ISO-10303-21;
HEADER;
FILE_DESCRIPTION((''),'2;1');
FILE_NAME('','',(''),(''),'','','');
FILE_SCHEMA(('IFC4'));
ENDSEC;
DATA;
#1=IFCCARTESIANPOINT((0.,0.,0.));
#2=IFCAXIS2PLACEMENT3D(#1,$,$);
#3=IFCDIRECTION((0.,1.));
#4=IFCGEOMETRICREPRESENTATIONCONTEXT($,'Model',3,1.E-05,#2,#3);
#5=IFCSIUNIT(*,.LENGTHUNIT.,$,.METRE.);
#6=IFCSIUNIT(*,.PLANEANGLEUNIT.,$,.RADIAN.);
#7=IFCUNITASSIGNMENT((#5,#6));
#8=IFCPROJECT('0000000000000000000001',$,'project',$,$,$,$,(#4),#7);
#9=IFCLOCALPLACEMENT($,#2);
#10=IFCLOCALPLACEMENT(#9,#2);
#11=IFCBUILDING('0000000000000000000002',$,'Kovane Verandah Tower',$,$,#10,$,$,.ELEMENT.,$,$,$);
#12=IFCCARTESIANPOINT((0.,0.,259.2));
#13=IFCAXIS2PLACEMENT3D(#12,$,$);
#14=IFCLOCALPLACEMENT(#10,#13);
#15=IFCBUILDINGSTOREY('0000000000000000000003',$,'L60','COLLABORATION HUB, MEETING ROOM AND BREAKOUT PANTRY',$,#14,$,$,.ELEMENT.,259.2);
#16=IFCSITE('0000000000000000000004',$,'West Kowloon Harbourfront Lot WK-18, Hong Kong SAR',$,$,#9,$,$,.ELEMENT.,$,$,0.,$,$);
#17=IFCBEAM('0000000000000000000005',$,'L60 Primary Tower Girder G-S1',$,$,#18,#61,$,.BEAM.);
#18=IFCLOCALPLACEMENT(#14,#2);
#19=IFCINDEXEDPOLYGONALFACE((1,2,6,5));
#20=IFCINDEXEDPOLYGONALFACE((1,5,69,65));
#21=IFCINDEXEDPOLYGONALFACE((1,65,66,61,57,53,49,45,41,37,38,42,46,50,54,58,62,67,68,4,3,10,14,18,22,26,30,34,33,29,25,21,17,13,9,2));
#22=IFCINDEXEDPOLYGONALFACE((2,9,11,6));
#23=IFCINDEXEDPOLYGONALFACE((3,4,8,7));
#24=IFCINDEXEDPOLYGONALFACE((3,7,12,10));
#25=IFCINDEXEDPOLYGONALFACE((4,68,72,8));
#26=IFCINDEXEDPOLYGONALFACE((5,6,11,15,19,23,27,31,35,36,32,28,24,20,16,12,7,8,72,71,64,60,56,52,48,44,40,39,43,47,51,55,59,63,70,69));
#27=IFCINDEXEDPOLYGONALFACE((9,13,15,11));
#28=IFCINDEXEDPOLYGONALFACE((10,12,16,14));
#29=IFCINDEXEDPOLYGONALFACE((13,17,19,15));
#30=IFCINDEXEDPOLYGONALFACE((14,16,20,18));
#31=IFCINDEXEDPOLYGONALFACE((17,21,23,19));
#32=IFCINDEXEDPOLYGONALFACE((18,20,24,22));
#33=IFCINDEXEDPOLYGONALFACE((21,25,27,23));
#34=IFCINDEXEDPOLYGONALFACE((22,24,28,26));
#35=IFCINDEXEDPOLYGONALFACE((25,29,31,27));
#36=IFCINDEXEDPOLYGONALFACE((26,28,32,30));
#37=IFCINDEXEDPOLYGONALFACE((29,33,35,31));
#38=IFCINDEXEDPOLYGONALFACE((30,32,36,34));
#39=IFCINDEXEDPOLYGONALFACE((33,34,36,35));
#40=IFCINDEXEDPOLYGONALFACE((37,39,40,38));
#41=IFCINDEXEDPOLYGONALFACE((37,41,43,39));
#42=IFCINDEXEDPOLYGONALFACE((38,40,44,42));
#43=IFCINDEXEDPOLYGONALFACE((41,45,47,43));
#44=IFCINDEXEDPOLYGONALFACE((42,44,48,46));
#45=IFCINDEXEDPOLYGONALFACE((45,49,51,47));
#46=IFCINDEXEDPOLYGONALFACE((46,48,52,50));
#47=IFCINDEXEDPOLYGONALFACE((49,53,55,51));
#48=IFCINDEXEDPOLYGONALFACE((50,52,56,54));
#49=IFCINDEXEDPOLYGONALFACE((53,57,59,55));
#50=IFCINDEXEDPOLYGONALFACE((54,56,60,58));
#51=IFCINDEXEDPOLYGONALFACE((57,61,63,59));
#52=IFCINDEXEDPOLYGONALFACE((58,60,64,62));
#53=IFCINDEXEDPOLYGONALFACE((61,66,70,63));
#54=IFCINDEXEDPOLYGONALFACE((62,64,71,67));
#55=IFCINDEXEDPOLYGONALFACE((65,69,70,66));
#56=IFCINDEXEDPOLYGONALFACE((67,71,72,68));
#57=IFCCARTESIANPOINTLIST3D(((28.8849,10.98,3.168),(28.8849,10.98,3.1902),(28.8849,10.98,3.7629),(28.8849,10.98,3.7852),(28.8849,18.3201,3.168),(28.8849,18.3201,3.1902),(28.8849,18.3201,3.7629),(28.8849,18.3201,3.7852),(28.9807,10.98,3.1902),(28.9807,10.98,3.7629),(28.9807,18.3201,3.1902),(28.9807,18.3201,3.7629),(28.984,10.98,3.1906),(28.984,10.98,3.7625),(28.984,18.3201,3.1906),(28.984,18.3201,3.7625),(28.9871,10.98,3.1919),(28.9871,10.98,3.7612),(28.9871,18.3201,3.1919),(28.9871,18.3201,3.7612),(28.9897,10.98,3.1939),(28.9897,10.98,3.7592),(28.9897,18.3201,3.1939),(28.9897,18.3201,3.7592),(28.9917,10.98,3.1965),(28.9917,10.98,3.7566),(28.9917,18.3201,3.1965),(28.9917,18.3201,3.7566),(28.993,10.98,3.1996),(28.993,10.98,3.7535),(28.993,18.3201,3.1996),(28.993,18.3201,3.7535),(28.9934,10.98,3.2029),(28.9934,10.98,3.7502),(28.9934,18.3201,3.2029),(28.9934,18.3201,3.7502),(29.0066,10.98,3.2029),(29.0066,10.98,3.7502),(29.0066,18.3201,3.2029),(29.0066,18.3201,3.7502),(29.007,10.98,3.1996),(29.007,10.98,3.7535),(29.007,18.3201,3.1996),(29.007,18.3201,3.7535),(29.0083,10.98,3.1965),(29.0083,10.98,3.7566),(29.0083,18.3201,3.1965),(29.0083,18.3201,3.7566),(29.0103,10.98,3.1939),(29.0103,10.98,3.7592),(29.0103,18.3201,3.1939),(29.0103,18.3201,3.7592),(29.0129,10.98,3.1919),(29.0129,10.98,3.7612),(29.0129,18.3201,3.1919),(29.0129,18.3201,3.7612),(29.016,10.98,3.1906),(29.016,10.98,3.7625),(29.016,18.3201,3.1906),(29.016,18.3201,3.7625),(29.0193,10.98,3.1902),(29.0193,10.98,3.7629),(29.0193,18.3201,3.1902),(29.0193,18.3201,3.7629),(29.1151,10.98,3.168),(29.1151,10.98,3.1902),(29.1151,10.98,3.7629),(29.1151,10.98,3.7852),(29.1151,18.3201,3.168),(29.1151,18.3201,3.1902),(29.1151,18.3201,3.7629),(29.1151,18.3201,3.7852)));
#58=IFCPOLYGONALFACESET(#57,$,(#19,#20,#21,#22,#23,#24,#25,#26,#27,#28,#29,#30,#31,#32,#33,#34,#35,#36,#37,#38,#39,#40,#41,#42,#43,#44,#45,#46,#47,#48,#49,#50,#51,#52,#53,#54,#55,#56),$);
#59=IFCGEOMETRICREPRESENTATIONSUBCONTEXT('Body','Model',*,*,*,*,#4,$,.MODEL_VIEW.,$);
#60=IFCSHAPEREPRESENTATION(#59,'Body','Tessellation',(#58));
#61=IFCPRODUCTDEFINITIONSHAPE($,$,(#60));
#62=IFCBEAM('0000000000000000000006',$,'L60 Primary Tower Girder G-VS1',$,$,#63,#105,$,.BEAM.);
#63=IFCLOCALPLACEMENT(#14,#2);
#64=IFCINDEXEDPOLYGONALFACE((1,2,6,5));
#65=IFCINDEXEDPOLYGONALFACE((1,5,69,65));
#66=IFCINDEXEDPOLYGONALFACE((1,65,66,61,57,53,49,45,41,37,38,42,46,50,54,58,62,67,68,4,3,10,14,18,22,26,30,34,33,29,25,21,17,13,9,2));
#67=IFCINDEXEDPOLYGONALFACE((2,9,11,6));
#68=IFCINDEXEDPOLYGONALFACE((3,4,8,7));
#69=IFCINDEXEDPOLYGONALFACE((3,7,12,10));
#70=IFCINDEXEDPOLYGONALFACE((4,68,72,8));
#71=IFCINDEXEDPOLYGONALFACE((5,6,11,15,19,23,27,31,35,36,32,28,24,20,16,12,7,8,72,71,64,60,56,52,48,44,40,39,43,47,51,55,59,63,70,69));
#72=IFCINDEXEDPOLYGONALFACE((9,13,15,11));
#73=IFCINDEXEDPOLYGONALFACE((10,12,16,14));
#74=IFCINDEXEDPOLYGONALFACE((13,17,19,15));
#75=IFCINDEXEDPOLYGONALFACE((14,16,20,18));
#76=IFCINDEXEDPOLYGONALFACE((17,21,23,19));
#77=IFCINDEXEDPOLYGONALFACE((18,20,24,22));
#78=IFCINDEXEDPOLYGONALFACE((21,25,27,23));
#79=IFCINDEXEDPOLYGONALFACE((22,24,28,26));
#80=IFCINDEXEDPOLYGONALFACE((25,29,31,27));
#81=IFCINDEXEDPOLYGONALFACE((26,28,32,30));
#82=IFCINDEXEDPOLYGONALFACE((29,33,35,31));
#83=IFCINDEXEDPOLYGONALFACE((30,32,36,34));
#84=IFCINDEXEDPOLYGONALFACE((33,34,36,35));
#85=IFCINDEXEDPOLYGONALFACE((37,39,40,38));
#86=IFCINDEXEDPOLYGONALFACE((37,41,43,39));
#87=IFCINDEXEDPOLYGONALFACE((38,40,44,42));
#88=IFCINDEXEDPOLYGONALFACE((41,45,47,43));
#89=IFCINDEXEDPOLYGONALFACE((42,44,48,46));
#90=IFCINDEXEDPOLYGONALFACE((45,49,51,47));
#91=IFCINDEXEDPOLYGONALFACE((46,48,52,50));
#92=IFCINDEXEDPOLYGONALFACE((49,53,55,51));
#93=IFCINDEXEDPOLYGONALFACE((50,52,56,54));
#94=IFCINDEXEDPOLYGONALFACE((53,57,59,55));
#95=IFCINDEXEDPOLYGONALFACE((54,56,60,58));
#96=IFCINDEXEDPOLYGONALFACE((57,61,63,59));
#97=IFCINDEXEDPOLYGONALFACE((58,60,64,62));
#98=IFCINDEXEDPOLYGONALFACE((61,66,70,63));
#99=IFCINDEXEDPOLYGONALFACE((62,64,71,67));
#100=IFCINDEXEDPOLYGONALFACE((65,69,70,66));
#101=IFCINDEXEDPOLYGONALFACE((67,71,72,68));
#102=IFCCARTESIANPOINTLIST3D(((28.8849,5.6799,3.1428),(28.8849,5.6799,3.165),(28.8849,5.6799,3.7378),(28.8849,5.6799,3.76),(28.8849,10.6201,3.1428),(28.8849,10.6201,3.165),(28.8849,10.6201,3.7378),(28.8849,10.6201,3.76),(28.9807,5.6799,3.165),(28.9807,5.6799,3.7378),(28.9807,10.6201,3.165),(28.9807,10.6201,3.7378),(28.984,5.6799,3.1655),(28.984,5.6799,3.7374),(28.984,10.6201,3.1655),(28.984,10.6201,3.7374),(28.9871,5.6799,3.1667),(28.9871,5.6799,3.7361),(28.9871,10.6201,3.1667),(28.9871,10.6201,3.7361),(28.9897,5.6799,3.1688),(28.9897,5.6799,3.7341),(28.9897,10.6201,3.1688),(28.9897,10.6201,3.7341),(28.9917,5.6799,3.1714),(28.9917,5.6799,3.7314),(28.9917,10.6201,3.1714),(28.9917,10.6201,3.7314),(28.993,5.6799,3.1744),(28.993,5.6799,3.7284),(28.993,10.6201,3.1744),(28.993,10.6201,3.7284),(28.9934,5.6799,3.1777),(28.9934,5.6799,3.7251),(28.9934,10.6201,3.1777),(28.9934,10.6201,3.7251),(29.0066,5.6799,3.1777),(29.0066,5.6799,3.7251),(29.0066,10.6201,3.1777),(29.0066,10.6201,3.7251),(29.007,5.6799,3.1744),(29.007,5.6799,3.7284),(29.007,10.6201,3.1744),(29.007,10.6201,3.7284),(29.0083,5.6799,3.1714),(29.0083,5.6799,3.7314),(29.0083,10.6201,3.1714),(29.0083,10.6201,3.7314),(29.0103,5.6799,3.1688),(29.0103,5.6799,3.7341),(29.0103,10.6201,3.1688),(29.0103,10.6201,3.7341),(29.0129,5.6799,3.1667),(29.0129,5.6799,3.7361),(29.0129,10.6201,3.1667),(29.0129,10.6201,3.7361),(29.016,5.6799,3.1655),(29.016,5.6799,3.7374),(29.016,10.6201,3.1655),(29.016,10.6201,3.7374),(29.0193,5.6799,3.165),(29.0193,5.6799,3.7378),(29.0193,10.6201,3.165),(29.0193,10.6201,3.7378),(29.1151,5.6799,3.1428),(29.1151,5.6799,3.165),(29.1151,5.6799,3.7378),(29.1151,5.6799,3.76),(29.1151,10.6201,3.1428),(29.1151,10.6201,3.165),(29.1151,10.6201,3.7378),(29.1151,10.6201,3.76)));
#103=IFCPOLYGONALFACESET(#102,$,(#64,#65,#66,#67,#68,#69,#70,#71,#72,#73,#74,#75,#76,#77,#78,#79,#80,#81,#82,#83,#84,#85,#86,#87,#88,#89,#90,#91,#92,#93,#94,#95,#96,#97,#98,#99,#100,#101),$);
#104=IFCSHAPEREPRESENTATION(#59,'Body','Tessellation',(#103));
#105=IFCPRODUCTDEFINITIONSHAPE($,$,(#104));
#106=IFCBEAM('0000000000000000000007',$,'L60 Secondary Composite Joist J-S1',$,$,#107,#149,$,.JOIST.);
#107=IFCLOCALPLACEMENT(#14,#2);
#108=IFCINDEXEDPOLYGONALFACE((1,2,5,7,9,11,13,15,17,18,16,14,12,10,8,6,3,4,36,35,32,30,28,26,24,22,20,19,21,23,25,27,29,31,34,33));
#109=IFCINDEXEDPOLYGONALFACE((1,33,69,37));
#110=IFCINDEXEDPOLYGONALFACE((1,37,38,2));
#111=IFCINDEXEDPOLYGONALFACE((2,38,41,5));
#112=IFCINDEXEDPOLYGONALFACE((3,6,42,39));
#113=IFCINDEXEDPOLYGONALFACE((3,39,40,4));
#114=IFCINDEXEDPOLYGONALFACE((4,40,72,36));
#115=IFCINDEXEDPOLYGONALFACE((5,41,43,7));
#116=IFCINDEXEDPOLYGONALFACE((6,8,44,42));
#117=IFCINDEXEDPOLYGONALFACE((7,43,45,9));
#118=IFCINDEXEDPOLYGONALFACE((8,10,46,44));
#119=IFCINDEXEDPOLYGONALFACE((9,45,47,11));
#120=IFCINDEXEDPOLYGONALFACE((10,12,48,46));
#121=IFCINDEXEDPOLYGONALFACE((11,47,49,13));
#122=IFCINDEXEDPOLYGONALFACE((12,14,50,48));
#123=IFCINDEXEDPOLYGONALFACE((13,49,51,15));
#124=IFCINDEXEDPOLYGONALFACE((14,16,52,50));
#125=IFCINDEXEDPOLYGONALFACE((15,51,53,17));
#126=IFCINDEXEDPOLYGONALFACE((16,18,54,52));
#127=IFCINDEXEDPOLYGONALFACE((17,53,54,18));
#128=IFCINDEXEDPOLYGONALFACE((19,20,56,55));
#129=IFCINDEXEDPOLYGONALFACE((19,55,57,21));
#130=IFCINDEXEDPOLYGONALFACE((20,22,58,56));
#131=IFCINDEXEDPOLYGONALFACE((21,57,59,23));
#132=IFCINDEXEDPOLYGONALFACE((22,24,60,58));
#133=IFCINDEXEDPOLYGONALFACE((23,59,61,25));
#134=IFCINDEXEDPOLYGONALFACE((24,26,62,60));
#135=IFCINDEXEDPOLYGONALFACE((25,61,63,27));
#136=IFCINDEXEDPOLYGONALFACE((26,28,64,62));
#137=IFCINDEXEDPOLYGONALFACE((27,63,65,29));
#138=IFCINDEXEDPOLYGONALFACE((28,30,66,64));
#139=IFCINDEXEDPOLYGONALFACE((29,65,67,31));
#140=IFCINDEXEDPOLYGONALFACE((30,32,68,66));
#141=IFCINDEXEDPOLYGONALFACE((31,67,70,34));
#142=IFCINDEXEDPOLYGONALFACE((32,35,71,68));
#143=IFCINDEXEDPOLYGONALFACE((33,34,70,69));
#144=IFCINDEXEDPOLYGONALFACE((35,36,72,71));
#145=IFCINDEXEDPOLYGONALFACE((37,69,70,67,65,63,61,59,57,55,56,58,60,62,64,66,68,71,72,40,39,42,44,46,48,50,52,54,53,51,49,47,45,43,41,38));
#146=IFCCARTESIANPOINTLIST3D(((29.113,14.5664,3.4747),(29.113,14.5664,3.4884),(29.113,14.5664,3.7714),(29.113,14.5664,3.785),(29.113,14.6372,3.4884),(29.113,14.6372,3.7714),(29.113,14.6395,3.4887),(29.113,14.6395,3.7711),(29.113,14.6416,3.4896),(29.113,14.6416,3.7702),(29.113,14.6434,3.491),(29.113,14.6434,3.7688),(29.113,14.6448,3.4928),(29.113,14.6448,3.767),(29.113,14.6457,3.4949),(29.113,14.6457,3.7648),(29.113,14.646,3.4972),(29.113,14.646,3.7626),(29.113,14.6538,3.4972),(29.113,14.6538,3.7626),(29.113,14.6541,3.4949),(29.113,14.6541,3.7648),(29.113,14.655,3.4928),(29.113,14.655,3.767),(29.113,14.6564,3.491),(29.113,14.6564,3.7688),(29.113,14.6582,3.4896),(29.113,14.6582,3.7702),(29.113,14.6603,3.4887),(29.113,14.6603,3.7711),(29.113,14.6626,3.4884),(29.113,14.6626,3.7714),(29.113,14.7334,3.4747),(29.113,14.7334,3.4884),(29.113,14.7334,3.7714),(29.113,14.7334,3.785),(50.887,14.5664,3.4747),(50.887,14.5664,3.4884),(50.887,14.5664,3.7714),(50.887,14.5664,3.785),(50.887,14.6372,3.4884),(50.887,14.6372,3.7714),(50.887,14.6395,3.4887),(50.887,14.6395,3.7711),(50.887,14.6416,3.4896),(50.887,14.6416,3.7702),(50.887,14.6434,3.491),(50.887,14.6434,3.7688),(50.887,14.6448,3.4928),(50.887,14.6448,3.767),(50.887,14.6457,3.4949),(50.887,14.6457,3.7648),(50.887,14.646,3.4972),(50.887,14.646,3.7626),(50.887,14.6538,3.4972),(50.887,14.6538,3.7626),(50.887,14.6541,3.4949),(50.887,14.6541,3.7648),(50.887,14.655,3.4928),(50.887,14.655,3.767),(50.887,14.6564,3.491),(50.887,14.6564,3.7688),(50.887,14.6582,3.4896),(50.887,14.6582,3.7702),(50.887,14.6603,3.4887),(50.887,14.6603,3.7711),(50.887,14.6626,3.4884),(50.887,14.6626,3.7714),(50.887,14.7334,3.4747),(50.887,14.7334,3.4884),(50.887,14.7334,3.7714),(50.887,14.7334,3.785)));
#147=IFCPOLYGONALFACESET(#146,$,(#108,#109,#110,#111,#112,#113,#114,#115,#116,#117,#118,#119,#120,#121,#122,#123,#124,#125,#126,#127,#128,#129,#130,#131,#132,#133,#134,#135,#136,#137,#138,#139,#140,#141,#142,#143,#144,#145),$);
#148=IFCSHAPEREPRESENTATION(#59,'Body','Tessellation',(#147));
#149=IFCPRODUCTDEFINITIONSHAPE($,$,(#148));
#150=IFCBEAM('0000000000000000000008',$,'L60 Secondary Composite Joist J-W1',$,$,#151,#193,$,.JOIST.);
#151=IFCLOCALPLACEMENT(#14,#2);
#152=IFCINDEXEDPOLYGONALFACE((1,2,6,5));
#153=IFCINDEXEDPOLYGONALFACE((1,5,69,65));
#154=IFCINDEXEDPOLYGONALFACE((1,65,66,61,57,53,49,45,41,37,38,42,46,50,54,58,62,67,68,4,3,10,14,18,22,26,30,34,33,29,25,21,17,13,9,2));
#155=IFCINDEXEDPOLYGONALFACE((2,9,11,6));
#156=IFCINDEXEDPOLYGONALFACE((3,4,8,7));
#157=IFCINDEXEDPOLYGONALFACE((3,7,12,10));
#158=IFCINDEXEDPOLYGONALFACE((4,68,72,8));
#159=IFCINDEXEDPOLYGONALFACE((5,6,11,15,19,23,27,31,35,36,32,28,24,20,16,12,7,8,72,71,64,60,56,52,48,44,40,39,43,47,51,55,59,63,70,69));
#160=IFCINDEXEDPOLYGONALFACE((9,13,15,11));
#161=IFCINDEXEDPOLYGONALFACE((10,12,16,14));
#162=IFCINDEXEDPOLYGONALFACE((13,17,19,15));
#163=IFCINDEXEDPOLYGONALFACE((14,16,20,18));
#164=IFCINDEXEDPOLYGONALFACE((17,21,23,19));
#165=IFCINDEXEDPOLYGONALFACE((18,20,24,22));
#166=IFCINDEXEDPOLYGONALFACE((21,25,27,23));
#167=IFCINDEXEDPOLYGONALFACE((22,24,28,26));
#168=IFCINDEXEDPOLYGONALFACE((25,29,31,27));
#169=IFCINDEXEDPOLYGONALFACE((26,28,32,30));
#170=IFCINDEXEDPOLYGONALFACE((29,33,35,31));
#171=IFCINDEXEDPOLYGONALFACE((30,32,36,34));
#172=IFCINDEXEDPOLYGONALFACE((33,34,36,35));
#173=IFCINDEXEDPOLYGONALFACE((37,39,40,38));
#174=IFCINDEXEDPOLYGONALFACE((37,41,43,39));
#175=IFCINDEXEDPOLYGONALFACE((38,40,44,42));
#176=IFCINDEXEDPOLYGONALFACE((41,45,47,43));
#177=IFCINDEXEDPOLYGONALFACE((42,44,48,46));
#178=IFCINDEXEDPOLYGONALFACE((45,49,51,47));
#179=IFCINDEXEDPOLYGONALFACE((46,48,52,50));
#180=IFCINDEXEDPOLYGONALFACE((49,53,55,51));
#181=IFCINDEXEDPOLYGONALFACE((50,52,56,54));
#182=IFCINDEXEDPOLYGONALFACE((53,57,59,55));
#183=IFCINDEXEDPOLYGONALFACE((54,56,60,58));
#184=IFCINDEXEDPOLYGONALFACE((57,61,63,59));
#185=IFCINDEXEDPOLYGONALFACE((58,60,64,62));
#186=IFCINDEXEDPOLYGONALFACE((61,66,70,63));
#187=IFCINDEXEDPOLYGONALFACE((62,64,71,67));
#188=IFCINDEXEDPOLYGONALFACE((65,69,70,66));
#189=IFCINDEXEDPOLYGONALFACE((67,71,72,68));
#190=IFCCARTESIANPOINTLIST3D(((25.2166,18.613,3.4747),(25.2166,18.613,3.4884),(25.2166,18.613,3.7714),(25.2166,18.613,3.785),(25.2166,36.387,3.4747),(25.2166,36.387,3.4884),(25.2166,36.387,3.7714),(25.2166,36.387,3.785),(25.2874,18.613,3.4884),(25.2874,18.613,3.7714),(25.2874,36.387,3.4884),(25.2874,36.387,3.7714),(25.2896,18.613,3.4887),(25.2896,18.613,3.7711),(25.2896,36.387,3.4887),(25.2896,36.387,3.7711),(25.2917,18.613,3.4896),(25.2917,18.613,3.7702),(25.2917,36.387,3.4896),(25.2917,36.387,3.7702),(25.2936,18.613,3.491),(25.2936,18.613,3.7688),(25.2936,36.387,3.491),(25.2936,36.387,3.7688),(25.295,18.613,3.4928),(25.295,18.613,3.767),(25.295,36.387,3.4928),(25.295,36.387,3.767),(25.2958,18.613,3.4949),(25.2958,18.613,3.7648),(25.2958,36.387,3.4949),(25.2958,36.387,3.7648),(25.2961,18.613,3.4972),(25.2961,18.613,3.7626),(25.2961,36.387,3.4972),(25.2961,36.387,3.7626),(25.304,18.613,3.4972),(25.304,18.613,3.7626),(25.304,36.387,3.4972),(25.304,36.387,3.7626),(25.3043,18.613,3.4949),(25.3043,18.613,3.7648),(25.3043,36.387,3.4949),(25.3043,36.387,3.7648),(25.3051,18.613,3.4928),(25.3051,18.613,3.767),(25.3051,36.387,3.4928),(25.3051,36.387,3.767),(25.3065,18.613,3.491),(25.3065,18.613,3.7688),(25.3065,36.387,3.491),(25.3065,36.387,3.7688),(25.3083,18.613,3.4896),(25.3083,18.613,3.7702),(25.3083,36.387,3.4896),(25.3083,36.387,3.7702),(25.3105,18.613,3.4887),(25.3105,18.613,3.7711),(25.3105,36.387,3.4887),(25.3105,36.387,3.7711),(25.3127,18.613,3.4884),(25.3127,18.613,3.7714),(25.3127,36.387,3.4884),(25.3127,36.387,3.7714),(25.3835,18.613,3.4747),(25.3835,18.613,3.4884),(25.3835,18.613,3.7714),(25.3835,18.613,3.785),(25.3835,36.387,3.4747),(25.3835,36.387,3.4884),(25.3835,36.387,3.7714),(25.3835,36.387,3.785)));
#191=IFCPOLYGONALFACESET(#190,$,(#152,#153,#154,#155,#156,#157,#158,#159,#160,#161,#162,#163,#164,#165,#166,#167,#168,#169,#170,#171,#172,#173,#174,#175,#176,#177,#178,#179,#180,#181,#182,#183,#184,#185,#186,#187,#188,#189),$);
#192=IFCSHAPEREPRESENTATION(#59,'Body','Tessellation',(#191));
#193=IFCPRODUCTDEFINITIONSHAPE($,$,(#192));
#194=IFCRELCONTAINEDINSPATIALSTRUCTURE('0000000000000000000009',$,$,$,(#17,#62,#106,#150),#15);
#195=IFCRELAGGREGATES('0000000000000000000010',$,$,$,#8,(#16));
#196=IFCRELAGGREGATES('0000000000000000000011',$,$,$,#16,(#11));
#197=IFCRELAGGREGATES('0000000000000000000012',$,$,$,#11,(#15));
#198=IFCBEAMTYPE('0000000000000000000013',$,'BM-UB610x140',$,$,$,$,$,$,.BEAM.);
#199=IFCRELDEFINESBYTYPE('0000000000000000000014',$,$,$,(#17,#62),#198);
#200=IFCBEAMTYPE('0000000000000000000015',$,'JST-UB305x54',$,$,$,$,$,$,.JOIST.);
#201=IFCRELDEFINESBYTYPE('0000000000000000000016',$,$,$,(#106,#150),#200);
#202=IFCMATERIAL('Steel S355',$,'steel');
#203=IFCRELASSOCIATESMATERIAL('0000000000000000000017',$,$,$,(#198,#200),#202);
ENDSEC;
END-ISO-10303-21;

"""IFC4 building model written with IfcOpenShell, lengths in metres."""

from ifc_helpers import new_model, si_unit, direction, frame, origin, origin_2d, place, context, subcontext, project, spatial, i_section, extrude, material, material_profile, profile_set, type_object, element, save


model = new_model("IFC4")

# Units and contexts
model_context = context("Model", 3, precision=1e-05, world=origin(), true_north=direction((0.0, 1.0)))
body_context = subcontext(model_context, "Body", "Model", "MODEL_VIEW")
ifc_project = project(units=[si_unit("LENGTHUNIT", "METRE"), si_unit("PLANEANGLEUNIT", "RADIAN")], contexts=[model_context])

# Site, building, storey
site_placement = place(None, origin())
site = spatial("IfcSite", under=ifc_project, at=site_placement, Name="West Kowloon Harbourfront Lot WK-18, Hong Kong SAR", CompositionType="ELEMENT", RefElevation=0.0)
building_placement = place(site_placement, origin())
building = spatial("IfcBuilding", under=site, at=building_placement, Name="Kovane Verandah Tower", CompositionType="ELEMENT")
storey_placement = place(building_placement, frame((0.0, 0.0, 259.2)))
storey = spatial("IfcBuildingStorey", under=building, at=storey_placement, Name="L60", Description="COLLABORATION HUB, MEETING ROOM AND BREAKOUT PANTRY", CompositionType="ELEMENT", Elevation=259.2)

# Beams
ifc_material_1 = material(Name="Steel S355", Category="steel")
ifc_material_profile_1 = material_profile(ifc_material_1, i_section(OverallWidth=0.2302, OverallDepth=0.6172, WebThickness=0.0132, FlangeThickness=0.0222, FilletRadius=0.0127, at=origin_2d()), Name="UB610x229x140")
ifc_profile_set_1 = profile_set([ifc_material_profile_1], Name="Steel S355")
beam_type_1 = type_object("IfcBeamType", Name="BM-UB610x140", PredefinedType="BEAM", material=ifc_profile_set_1)
beam_1_placement = place(storey_placement, frame((29.0, 18.3201, 3.4766), z_axis=(0.0, -1.0, 0.0), x_axis=(1.0, 0.0, 0.0)))
element("IfcBeam", 1, at=beam_1_placement, inside=storey, type_object=beam_type_1, Name="L60 Primary Tower Girder G-S1", PredefinedType="BEAM", context=body_context, shape_type="SweptSolid", body=[
    extrude(i_section(OverallWidth=0.2302, OverallDepth=0.6172, WebThickness=0.0132, FlangeThickness=0.0222, FilletRadius=0.0127, at=origin_2d()), origin(), (0.0, 0.0, 1.0), 7.3401),
])
beam_2_placement = place(storey_placement, frame((29.0, 10.6201, 3.4514), z_axis=(0.0, -1.0, 0.0), x_axis=(1.0, 0.0, 0.0)))
element("IfcBeam", 2, at=beam_2_placement, inside=storey, type_object=beam_type_1, Name="L60 Primary Tower Girder G-VS1", PredefinedType="BEAM", context=body_context, shape_type="SweptSolid", body=[
    extrude(i_section(OverallWidth=0.2302, OverallDepth=0.6172, WebThickness=0.0132, FlangeThickness=0.0222, FilletRadius=0.0127, at=origin_2d()), origin(), (0.0, 0.0, 1.0), 4.9402),
])
ifc_material_profile_2 = material_profile(ifc_material_1, i_section(OverallWidth=0.167, OverallDepth=0.3103, WebThickness=0.0078, FlangeThickness=0.0137, FilletRadius=0.0088, at=origin_2d()), Name="UB305x165x54")
ifc_profile_set_2 = profile_set([ifc_material_profile_2], Name="Steel S355")
beam_type_2 = type_object("IfcBeamType", Name="JST-UB305x54", PredefinedType="JOIST", material=ifc_profile_set_2)
beam_3_placement = place(storey_placement, frame((29.113, 14.6499, 3.6299), z_axis=(1.0, 0.0, 0.0), x_axis=(0.0, 1.0, 0.0)))
element("IfcBeam", 3, at=beam_3_placement, inside=storey, type_object=beam_type_2, Name="L60 Secondary Composite Joist J-S1", PredefinedType="JOIST", context=body_context, shape_type="SweptSolid", body=[
    extrude(i_section(OverallWidth=0.167, OverallDepth=0.3103, WebThickness=0.0078, FlangeThickness=0.0137, FilletRadius=0.0088, at=origin_2d()), origin(), (0.0, 0.0, 1.0), 21.7739),
])
beam_4_placement = place(storey_placement, frame((25.3, 18.613, 3.6299), z_axis=(0.0, 1.0, 0.0), x_axis=(-1.0, 0.0, 0.0)))
element("IfcBeam", 4, at=beam_4_placement, inside=storey, type_object=beam_type_2, Name="L60 Secondary Composite Joist J-W1", PredefinedType="JOIST", context=body_context, shape_type="SweptSolid", body=[
    extrude(i_section(OverallWidth=0.167, OverallDepth=0.3103, WebThickness=0.0078, FlangeThickness=0.0137, FilletRadius=0.0088, at=origin_2d()), origin(), (0.0, 0.0, 1.0), 17.7739),
])

save(model, "model.ifc")
